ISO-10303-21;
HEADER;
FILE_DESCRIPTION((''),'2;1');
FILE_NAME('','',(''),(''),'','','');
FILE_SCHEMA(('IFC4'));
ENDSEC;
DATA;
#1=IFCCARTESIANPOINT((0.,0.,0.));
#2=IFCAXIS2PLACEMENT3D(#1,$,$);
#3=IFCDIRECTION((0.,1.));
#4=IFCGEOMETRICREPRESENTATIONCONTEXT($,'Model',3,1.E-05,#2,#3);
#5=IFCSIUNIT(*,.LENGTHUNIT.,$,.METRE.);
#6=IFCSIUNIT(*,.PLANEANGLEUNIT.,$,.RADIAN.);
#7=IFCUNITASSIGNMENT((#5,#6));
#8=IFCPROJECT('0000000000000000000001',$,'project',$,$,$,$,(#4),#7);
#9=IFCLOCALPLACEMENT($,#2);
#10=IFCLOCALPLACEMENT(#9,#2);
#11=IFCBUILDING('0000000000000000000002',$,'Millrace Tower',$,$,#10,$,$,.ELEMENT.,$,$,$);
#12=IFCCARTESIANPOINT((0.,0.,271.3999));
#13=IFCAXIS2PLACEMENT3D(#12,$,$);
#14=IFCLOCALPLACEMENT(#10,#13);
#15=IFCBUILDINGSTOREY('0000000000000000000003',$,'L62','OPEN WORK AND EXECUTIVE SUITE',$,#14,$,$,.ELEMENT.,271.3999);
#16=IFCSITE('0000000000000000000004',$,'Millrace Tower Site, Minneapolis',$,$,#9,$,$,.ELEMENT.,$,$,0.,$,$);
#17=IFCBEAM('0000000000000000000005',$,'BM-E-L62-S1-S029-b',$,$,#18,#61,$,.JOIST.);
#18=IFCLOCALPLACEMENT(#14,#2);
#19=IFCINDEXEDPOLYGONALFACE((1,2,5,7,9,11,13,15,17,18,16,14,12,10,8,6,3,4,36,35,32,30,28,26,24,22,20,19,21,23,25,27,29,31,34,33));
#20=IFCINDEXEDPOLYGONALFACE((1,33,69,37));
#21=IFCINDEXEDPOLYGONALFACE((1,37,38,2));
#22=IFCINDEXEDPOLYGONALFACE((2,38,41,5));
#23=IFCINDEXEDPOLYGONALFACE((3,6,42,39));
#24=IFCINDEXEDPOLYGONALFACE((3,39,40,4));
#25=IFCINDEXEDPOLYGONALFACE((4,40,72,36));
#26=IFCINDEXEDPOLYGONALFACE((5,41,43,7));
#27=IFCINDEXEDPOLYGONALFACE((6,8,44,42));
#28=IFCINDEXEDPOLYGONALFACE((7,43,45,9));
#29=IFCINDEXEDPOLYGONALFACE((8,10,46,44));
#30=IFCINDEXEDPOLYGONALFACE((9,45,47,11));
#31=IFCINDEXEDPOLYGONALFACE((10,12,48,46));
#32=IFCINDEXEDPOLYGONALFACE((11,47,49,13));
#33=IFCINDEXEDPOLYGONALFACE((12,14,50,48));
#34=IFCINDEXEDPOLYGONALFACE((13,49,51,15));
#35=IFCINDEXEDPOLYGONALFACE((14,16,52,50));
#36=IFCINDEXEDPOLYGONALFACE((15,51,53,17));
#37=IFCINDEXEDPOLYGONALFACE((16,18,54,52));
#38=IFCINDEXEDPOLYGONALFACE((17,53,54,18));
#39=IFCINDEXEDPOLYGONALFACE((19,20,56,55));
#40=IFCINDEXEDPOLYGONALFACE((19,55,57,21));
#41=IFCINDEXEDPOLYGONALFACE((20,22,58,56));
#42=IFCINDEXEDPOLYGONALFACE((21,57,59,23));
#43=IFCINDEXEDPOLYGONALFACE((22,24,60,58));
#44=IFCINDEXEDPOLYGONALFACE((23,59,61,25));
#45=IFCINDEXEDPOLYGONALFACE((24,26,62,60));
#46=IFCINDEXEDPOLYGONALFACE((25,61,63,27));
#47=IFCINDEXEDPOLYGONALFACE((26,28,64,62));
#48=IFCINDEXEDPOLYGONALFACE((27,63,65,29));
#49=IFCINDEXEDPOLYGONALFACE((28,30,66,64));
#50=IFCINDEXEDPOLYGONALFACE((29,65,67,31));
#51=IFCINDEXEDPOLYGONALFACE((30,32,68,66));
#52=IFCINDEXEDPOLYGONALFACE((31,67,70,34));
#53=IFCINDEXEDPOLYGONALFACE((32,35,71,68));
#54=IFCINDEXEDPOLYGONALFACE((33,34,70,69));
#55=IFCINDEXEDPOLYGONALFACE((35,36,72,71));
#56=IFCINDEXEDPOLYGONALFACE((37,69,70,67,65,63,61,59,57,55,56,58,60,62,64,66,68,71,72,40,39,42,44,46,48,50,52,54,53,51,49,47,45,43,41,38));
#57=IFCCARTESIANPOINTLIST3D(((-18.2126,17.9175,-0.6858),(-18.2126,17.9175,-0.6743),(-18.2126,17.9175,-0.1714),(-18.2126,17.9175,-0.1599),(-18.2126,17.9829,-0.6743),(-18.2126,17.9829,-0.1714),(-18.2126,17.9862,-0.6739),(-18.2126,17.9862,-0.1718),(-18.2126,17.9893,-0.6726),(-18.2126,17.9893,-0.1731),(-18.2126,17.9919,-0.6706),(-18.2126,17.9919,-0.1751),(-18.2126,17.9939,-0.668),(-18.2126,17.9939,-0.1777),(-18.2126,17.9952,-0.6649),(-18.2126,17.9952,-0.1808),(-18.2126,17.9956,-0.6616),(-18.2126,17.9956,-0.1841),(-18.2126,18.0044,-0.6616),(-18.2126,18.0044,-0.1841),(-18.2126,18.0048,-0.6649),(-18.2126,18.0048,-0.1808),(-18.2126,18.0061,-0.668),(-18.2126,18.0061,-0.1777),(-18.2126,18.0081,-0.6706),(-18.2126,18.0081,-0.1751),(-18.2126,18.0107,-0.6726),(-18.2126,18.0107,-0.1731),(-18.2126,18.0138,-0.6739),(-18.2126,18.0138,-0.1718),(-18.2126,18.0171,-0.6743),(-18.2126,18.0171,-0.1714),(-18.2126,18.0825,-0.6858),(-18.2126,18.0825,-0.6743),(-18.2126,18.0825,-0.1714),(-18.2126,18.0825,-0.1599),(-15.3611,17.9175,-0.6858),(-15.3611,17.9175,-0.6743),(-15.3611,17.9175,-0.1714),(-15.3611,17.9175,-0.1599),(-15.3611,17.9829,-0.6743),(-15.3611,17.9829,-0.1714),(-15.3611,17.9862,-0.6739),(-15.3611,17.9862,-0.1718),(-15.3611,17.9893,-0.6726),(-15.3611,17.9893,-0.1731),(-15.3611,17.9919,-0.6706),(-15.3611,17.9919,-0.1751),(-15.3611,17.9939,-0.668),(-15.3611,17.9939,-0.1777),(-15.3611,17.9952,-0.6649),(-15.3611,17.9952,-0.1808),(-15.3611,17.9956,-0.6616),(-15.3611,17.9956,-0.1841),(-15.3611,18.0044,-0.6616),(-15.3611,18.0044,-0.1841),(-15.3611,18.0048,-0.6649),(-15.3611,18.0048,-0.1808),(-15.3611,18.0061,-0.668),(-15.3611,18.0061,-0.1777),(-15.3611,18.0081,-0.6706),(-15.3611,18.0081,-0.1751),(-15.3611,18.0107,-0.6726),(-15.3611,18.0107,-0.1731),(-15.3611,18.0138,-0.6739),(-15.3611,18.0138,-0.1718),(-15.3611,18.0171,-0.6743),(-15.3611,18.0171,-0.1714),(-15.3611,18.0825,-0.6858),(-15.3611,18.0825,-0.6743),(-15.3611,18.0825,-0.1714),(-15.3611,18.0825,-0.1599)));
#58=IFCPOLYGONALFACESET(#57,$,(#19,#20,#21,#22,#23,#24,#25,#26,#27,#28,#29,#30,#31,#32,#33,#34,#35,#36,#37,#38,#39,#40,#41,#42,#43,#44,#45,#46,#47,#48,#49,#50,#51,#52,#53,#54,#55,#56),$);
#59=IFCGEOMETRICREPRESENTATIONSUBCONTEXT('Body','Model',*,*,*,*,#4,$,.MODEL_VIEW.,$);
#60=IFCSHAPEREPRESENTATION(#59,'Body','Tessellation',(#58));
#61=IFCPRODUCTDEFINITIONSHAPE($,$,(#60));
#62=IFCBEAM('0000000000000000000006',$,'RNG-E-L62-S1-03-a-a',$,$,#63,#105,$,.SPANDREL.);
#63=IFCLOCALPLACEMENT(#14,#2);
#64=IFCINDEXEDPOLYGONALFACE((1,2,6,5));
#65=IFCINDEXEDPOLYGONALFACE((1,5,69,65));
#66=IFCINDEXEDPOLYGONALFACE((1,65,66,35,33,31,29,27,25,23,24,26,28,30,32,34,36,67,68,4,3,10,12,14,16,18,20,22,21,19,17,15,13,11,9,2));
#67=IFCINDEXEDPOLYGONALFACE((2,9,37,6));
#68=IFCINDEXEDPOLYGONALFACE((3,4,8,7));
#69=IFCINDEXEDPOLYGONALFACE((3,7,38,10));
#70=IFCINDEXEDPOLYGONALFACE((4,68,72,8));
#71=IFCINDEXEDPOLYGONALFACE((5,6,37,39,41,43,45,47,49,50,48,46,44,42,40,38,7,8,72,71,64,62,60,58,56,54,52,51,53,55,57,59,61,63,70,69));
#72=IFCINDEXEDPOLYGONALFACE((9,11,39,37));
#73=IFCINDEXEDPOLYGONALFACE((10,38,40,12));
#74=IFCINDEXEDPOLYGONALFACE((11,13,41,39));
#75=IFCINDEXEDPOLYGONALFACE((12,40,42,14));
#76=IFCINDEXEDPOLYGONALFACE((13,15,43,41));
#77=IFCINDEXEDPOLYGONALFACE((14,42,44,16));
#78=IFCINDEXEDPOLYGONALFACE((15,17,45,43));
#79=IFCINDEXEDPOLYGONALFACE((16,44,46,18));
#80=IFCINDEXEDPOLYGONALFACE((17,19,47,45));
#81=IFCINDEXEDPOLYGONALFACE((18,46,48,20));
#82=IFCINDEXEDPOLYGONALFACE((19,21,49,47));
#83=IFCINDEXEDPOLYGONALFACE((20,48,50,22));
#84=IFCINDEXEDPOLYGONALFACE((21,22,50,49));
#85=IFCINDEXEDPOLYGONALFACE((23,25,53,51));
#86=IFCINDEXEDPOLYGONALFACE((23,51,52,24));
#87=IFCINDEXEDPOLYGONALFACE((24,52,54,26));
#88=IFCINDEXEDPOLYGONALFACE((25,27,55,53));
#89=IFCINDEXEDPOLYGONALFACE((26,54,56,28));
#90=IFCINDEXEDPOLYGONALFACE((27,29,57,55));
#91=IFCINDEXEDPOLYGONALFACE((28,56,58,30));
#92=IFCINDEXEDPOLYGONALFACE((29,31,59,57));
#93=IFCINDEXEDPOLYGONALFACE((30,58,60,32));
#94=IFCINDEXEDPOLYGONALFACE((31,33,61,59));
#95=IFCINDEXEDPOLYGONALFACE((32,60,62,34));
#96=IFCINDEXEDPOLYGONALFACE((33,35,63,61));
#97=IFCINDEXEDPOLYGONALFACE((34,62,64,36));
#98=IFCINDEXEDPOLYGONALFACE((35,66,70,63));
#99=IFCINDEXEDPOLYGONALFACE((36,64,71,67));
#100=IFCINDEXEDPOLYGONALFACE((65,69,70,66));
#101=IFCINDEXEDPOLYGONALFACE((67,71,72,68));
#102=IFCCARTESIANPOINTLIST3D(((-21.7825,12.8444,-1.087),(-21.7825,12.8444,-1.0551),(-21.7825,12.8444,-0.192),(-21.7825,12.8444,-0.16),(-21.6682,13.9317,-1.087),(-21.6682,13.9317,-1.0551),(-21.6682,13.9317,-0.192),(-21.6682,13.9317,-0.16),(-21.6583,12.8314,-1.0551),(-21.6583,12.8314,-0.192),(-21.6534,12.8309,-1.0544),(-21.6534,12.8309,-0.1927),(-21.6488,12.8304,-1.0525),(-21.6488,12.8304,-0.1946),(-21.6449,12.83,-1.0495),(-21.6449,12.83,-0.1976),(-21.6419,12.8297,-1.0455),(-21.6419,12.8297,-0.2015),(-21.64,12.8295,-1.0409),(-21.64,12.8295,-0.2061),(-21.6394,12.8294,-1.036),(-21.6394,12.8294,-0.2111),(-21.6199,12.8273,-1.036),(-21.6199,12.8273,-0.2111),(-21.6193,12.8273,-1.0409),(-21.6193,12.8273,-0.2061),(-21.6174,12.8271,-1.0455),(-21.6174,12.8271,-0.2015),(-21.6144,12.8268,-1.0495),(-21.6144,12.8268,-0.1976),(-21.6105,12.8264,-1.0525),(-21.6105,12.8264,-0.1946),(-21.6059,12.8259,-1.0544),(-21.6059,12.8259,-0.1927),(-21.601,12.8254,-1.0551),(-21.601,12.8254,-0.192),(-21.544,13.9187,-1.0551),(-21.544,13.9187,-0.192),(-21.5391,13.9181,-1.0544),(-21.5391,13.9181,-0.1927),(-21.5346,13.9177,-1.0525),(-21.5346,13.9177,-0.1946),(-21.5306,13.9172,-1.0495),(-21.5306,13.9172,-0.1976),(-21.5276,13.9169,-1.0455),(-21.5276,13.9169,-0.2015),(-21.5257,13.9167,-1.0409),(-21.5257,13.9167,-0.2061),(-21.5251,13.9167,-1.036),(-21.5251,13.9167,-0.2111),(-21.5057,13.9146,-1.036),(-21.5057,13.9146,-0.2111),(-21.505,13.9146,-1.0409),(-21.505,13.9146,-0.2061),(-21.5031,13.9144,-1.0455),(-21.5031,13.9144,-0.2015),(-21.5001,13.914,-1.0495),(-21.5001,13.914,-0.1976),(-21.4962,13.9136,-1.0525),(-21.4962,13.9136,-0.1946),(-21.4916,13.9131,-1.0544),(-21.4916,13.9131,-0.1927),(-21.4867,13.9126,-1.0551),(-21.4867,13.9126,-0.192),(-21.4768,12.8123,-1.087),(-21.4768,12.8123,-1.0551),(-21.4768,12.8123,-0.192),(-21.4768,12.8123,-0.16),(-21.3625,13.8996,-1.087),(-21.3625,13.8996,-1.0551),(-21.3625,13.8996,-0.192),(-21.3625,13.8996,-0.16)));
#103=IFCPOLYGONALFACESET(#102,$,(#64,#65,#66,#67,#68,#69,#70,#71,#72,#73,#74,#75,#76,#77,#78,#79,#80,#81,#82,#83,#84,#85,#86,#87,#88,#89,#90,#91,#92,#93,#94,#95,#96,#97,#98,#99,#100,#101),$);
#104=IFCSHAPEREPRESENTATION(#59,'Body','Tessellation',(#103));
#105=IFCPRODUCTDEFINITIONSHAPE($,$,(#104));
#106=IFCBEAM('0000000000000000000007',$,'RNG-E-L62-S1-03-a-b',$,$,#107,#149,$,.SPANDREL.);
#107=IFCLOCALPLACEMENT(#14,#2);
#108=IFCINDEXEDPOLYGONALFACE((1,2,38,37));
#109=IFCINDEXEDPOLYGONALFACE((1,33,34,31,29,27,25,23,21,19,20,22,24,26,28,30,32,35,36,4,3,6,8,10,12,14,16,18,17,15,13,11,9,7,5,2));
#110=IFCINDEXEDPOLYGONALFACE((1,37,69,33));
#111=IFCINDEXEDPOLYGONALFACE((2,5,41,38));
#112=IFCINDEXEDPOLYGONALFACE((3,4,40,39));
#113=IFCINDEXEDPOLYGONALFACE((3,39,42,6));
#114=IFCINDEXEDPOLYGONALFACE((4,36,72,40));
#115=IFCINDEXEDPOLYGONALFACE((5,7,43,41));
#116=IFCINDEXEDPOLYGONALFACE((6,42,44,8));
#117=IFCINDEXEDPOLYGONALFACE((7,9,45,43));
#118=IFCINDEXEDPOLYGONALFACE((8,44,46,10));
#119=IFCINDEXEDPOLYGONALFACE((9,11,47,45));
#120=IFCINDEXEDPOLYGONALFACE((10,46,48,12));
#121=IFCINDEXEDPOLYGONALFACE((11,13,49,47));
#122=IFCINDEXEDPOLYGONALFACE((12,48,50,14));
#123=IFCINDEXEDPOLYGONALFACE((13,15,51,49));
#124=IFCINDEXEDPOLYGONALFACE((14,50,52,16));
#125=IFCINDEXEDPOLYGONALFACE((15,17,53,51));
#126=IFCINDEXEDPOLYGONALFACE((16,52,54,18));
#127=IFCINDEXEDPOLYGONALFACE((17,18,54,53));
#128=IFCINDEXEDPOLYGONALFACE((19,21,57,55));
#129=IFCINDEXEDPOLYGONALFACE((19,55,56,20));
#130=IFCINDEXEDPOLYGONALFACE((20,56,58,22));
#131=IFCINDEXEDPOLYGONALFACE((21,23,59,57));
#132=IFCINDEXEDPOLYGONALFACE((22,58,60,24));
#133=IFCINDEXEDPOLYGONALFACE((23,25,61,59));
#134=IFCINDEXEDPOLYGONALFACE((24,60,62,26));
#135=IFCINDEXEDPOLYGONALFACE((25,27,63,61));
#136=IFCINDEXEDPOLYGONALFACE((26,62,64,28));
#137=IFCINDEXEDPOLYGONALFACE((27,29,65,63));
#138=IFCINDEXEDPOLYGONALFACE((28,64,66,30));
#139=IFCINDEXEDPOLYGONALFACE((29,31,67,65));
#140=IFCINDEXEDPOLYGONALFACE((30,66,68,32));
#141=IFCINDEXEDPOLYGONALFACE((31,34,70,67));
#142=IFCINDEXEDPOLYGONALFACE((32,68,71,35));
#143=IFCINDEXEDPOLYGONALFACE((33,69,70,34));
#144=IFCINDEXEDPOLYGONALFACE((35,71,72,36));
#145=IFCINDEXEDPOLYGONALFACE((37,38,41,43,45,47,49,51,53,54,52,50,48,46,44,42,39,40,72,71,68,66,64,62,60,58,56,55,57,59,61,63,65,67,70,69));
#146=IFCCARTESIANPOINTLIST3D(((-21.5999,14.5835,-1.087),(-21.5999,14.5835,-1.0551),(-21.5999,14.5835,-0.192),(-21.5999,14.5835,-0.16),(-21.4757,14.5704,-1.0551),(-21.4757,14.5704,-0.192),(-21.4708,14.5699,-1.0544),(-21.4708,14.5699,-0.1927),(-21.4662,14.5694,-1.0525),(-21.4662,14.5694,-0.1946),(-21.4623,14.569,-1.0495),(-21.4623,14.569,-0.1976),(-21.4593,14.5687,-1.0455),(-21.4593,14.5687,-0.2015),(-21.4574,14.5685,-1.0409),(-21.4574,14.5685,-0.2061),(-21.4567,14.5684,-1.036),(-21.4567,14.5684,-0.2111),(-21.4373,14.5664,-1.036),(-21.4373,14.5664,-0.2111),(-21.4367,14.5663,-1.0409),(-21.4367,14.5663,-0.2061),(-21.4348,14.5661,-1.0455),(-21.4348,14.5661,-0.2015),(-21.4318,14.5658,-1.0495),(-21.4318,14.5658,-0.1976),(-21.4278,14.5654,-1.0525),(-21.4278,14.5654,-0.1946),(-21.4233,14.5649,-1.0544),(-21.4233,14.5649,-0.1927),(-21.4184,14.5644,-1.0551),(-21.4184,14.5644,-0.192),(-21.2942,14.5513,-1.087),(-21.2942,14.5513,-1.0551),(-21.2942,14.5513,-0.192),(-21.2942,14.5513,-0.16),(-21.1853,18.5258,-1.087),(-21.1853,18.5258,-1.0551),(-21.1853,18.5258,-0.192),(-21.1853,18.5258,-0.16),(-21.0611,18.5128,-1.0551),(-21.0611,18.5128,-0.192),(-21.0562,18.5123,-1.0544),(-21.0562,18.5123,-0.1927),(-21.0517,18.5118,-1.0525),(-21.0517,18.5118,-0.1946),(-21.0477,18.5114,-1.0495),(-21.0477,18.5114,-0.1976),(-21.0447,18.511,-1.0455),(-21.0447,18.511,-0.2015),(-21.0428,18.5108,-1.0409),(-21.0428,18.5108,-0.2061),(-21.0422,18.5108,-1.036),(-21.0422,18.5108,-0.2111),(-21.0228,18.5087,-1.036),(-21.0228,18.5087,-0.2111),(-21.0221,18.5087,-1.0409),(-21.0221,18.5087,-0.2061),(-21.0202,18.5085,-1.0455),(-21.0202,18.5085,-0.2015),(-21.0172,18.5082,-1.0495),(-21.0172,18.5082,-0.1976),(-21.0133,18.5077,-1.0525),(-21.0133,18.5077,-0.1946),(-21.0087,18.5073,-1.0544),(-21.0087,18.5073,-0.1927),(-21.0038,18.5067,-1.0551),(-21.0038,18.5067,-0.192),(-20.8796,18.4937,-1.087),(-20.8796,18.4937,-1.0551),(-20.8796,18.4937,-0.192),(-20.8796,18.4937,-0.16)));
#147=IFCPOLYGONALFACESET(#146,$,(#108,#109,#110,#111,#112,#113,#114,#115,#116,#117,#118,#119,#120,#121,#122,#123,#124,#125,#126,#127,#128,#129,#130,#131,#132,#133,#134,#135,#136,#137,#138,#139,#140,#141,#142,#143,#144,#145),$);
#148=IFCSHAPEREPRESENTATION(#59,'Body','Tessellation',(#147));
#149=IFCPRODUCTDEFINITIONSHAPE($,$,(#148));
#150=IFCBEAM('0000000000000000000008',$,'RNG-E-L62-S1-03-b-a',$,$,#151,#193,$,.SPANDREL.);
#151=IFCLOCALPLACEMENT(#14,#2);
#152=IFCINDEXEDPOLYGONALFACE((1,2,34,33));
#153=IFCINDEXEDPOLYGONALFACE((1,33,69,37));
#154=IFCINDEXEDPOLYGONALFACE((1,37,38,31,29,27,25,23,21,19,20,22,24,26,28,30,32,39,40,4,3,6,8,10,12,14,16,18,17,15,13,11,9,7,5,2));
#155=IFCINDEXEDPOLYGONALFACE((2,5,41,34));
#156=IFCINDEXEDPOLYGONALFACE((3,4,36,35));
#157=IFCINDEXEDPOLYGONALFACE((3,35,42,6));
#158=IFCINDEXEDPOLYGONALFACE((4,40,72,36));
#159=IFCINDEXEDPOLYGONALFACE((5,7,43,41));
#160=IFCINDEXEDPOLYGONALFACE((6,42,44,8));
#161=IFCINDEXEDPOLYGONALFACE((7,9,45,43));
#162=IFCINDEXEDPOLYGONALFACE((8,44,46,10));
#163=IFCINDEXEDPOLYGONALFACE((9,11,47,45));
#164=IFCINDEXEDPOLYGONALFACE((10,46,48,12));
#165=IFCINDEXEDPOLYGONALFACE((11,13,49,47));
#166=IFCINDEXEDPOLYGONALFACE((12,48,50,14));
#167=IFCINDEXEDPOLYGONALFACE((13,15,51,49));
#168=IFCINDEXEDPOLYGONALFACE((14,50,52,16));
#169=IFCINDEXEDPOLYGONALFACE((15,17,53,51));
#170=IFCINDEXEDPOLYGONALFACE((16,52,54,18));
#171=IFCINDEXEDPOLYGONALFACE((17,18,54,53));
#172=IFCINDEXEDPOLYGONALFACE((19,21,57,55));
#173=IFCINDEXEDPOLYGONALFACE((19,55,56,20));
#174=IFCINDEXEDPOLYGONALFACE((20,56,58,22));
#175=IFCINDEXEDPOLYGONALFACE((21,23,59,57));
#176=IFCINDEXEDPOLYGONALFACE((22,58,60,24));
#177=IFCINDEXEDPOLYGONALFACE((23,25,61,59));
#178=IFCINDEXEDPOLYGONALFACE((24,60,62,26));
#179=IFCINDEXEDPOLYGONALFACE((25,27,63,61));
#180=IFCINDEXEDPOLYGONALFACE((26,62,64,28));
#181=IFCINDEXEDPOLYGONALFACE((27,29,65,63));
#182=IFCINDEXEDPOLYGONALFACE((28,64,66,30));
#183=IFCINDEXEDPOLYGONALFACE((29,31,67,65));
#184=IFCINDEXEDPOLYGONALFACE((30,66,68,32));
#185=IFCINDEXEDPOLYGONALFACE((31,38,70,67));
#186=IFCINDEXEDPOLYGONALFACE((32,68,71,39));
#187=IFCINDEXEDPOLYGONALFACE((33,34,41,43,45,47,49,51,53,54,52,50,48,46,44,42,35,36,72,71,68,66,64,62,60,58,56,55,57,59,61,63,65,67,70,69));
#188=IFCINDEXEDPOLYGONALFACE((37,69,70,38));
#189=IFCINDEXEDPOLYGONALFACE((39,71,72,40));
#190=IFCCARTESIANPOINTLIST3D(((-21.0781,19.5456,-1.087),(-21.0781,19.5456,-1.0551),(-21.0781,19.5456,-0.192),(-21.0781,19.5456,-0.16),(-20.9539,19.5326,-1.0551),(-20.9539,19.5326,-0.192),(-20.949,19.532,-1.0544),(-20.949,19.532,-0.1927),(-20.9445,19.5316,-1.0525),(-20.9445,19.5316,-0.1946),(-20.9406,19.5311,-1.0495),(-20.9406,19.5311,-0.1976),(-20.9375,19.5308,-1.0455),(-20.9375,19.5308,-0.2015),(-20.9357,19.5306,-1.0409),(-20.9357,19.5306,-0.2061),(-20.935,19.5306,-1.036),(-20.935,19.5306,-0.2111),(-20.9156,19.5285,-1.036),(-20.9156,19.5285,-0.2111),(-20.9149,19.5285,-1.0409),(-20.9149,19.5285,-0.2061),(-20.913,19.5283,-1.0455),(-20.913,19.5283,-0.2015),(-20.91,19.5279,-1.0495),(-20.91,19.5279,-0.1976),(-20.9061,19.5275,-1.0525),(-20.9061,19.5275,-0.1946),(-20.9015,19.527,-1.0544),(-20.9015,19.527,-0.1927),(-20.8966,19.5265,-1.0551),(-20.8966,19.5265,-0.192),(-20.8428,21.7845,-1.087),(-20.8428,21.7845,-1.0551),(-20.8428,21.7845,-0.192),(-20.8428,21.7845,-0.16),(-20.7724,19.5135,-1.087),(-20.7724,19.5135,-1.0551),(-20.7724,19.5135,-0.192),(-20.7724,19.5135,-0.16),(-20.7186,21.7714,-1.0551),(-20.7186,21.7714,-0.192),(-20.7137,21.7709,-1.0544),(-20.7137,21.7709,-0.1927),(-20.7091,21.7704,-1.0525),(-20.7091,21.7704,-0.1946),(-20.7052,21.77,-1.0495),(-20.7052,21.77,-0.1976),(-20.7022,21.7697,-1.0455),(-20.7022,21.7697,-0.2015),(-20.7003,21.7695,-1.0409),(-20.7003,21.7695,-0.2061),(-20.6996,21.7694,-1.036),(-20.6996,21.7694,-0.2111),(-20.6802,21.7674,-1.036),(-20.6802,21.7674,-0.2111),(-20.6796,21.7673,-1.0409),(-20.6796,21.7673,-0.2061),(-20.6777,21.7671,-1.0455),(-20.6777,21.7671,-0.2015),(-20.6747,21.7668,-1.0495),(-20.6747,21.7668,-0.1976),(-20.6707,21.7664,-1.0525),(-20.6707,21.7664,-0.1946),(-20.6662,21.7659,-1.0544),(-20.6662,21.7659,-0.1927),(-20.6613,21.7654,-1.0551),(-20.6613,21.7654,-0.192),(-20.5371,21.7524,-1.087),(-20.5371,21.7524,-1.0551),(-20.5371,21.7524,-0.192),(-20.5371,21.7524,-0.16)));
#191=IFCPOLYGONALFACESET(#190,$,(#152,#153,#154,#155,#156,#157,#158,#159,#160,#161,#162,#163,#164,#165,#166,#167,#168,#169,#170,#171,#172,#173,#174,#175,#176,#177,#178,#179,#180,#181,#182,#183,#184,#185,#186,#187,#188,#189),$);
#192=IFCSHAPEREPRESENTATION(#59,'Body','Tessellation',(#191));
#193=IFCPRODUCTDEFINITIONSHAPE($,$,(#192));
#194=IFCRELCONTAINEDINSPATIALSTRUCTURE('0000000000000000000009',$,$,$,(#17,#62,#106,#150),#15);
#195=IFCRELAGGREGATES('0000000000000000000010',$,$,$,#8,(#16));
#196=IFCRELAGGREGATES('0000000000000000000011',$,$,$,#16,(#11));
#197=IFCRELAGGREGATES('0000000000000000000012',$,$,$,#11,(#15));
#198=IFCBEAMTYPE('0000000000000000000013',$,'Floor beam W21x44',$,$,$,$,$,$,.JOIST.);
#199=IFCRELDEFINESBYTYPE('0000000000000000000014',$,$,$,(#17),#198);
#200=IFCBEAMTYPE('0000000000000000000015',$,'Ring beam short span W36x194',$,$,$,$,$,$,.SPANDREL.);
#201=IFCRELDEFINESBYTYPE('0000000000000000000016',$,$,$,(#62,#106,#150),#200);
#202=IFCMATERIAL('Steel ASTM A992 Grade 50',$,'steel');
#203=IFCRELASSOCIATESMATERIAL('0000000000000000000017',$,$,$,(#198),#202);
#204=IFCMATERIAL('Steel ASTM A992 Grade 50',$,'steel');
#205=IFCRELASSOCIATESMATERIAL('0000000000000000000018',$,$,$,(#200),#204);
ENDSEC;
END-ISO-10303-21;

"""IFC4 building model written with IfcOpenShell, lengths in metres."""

from ifc_helpers import new_model, si_unit, direction, frame, origin, origin_2d, place, context, subcontext, project, spatial, i_section, extrude, material, material_profile, profile_set, type_object, element, save


model = new_model("IFC4")

# Units and contexts
model_context = context("Model", 3, precision=1e-05, world=origin(), true_north=direction((0.0, 1.0)))
body_context = subcontext(model_context, "Body", "Model", "MODEL_VIEW")
ifc_project = project(units=[si_unit("LENGTHUNIT", "METRE"), si_unit("PLANEANGLEUNIT", "RADIAN")], contexts=[model_context])

# Site, building, storey
site_placement = place(None, origin())
site = spatial("IfcSite", under=ifc_project, at=site_placement, Name="Millrace Tower Site, Minneapolis", CompositionType="ELEMENT", RefElevation=0.0)
building_placement = place(site_placement, origin())
building = spatial("IfcBuilding", under=site, at=building_placement, Name="Millrace Tower", CompositionType="ELEMENT")
storey_placement = place(building_placement, frame((0.0, 0.0, 271.3999)))
storey = spatial("IfcBuildingStorey", under=building, at=storey_placement, Name="L62", Description="OPEN WORK AND EXECUTIVE SUITE", CompositionType="ELEMENT", Elevation=271.3999)

# Beams
ifc_material_1 = material(Name="Steel ASTM A992 Grade 50", Category="steel")
ifc_material_profile_1 = material_profile(ifc_material_1, i_section(OverallWidth=0.165, OverallDepth=0.5259, WebThickness=0.0088, FlangeThickness=0.0115, FilletRadius=0.0127, at=origin_2d()))
ifc_profile_set_1 = profile_set([ifc_material_profile_1], Name="Steel ASTM A992 Grade 50")
beam_type_1 = type_object("IfcBeamType", Name="Floor beam W21x44", PredefinedType="JOIST", material=ifc_profile_set_1)
beam_1_placement = place(storey_placement, frame((-18.2126, 18.0, -0.4229), z_axis=(1.0, 0.0, 0.0), x_axis=(0.0, 1.0, 0.0)))
element("IfcBeam", 1, at=beam_1_placement, inside=storey, type_object=beam_type_1, Name="BM-E-L62-S1-S029-b", PredefinedType="JOIST", context=body_context, shape_type="SweptSolid", body=[
    extrude(i_section(OverallWidth=0.165, OverallDepth=0.5259, WebThickness=0.0088, FlangeThickness=0.0115, FilletRadius=0.0127, at=origin_2d()), origin(), (0.0, 0.0, 1.0), 2.8516),
])
ifc_material_2 = material(Name="Steel ASTM A992 Grade 50", Category="steel")
ifc_material_profile_2 = material_profile(ifc_material_2, i_section(OverallWidth=0.3074, OverallDepth=0.927, WebThickness=0.0195, FlangeThickness=0.032, FilletRadius=0.019, at=origin_2d()))
ifc_profile_set_2 = profile_set([ifc_material_profile_2], Name="Steel ASTM A992 Grade 50")
beam_type_2 = type_object("IfcBeamType", Name="Ring beam short span W36x194", PredefinedType="SPANDREL", material=ifc_profile_set_2)
beam_2_placement = place(storey_placement, frame((-21.6296, 12.8284, -0.6235), z_axis=(0.104522, 0.994523, 0.0), x_axis=(-0.994523, 0.104522, 0.0)))
element("IfcBeam", 2, at=beam_2_placement, inside=storey, type_object=beam_type_2, Name="RNG-E-L62-S1-03-a-a", PredefinedType="SPANDREL", context=body_context, shape_type="SweptSolid", body=[
    extrude(i_section(OverallWidth=0.3074, OverallDepth=0.927, WebThickness=0.0195, FlangeThickness=0.032, FilletRadius=0.019, at=origin_2d()), origin(), (0.0, 0.0, 1.0), 1.0933),
])
beam_3_placement = place(storey_placement, frame((-21.447, 14.5674, -0.6235), z_axis=(0.104576, 0.994517, 0.0), x_axis=(-0.994517, 0.104576, 0.0)))
element("IfcBeam", 3, at=beam_3_placement, inside=storey, type_object=beam_type_2, Name="RNG-E-L62-S1-03-a-b", PredefinedType="SPANDREL", context=body_context, shape_type="SweptSolid", body=[
    extrude(i_section(OverallWidth=0.3074, OverallDepth=0.927, WebThickness=0.0195, FlangeThickness=0.032, FilletRadius=0.019, at=origin_2d()), origin(), (0.0, 0.0, 1.0), 3.9641),
])
beam_4_placement = place(storey_placement, frame((-20.9253, 19.5295, -0.6235), z_axis=(0.104549, 0.99452, 0.0), x_axis=(-0.99452, 0.104549, 0.0)))
element("IfcBeam", 4, at=beam_4_placement, inside=storey, type_object=beam_type_2, Name="RNG-E-L62-S1-03-b-a", PredefinedType="SPANDREL", context=body_context, shape_type="SweptSolid", body=[
    extrude(i_section(OverallWidth=0.3074, OverallDepth=0.927, WebThickness=0.0195, FlangeThickness=0.032, FilletRadius=0.019, at=origin_2d()), origin(), (0.0, 0.0, 1.0), 2.2512),
])

save(model, "model.ifc")
